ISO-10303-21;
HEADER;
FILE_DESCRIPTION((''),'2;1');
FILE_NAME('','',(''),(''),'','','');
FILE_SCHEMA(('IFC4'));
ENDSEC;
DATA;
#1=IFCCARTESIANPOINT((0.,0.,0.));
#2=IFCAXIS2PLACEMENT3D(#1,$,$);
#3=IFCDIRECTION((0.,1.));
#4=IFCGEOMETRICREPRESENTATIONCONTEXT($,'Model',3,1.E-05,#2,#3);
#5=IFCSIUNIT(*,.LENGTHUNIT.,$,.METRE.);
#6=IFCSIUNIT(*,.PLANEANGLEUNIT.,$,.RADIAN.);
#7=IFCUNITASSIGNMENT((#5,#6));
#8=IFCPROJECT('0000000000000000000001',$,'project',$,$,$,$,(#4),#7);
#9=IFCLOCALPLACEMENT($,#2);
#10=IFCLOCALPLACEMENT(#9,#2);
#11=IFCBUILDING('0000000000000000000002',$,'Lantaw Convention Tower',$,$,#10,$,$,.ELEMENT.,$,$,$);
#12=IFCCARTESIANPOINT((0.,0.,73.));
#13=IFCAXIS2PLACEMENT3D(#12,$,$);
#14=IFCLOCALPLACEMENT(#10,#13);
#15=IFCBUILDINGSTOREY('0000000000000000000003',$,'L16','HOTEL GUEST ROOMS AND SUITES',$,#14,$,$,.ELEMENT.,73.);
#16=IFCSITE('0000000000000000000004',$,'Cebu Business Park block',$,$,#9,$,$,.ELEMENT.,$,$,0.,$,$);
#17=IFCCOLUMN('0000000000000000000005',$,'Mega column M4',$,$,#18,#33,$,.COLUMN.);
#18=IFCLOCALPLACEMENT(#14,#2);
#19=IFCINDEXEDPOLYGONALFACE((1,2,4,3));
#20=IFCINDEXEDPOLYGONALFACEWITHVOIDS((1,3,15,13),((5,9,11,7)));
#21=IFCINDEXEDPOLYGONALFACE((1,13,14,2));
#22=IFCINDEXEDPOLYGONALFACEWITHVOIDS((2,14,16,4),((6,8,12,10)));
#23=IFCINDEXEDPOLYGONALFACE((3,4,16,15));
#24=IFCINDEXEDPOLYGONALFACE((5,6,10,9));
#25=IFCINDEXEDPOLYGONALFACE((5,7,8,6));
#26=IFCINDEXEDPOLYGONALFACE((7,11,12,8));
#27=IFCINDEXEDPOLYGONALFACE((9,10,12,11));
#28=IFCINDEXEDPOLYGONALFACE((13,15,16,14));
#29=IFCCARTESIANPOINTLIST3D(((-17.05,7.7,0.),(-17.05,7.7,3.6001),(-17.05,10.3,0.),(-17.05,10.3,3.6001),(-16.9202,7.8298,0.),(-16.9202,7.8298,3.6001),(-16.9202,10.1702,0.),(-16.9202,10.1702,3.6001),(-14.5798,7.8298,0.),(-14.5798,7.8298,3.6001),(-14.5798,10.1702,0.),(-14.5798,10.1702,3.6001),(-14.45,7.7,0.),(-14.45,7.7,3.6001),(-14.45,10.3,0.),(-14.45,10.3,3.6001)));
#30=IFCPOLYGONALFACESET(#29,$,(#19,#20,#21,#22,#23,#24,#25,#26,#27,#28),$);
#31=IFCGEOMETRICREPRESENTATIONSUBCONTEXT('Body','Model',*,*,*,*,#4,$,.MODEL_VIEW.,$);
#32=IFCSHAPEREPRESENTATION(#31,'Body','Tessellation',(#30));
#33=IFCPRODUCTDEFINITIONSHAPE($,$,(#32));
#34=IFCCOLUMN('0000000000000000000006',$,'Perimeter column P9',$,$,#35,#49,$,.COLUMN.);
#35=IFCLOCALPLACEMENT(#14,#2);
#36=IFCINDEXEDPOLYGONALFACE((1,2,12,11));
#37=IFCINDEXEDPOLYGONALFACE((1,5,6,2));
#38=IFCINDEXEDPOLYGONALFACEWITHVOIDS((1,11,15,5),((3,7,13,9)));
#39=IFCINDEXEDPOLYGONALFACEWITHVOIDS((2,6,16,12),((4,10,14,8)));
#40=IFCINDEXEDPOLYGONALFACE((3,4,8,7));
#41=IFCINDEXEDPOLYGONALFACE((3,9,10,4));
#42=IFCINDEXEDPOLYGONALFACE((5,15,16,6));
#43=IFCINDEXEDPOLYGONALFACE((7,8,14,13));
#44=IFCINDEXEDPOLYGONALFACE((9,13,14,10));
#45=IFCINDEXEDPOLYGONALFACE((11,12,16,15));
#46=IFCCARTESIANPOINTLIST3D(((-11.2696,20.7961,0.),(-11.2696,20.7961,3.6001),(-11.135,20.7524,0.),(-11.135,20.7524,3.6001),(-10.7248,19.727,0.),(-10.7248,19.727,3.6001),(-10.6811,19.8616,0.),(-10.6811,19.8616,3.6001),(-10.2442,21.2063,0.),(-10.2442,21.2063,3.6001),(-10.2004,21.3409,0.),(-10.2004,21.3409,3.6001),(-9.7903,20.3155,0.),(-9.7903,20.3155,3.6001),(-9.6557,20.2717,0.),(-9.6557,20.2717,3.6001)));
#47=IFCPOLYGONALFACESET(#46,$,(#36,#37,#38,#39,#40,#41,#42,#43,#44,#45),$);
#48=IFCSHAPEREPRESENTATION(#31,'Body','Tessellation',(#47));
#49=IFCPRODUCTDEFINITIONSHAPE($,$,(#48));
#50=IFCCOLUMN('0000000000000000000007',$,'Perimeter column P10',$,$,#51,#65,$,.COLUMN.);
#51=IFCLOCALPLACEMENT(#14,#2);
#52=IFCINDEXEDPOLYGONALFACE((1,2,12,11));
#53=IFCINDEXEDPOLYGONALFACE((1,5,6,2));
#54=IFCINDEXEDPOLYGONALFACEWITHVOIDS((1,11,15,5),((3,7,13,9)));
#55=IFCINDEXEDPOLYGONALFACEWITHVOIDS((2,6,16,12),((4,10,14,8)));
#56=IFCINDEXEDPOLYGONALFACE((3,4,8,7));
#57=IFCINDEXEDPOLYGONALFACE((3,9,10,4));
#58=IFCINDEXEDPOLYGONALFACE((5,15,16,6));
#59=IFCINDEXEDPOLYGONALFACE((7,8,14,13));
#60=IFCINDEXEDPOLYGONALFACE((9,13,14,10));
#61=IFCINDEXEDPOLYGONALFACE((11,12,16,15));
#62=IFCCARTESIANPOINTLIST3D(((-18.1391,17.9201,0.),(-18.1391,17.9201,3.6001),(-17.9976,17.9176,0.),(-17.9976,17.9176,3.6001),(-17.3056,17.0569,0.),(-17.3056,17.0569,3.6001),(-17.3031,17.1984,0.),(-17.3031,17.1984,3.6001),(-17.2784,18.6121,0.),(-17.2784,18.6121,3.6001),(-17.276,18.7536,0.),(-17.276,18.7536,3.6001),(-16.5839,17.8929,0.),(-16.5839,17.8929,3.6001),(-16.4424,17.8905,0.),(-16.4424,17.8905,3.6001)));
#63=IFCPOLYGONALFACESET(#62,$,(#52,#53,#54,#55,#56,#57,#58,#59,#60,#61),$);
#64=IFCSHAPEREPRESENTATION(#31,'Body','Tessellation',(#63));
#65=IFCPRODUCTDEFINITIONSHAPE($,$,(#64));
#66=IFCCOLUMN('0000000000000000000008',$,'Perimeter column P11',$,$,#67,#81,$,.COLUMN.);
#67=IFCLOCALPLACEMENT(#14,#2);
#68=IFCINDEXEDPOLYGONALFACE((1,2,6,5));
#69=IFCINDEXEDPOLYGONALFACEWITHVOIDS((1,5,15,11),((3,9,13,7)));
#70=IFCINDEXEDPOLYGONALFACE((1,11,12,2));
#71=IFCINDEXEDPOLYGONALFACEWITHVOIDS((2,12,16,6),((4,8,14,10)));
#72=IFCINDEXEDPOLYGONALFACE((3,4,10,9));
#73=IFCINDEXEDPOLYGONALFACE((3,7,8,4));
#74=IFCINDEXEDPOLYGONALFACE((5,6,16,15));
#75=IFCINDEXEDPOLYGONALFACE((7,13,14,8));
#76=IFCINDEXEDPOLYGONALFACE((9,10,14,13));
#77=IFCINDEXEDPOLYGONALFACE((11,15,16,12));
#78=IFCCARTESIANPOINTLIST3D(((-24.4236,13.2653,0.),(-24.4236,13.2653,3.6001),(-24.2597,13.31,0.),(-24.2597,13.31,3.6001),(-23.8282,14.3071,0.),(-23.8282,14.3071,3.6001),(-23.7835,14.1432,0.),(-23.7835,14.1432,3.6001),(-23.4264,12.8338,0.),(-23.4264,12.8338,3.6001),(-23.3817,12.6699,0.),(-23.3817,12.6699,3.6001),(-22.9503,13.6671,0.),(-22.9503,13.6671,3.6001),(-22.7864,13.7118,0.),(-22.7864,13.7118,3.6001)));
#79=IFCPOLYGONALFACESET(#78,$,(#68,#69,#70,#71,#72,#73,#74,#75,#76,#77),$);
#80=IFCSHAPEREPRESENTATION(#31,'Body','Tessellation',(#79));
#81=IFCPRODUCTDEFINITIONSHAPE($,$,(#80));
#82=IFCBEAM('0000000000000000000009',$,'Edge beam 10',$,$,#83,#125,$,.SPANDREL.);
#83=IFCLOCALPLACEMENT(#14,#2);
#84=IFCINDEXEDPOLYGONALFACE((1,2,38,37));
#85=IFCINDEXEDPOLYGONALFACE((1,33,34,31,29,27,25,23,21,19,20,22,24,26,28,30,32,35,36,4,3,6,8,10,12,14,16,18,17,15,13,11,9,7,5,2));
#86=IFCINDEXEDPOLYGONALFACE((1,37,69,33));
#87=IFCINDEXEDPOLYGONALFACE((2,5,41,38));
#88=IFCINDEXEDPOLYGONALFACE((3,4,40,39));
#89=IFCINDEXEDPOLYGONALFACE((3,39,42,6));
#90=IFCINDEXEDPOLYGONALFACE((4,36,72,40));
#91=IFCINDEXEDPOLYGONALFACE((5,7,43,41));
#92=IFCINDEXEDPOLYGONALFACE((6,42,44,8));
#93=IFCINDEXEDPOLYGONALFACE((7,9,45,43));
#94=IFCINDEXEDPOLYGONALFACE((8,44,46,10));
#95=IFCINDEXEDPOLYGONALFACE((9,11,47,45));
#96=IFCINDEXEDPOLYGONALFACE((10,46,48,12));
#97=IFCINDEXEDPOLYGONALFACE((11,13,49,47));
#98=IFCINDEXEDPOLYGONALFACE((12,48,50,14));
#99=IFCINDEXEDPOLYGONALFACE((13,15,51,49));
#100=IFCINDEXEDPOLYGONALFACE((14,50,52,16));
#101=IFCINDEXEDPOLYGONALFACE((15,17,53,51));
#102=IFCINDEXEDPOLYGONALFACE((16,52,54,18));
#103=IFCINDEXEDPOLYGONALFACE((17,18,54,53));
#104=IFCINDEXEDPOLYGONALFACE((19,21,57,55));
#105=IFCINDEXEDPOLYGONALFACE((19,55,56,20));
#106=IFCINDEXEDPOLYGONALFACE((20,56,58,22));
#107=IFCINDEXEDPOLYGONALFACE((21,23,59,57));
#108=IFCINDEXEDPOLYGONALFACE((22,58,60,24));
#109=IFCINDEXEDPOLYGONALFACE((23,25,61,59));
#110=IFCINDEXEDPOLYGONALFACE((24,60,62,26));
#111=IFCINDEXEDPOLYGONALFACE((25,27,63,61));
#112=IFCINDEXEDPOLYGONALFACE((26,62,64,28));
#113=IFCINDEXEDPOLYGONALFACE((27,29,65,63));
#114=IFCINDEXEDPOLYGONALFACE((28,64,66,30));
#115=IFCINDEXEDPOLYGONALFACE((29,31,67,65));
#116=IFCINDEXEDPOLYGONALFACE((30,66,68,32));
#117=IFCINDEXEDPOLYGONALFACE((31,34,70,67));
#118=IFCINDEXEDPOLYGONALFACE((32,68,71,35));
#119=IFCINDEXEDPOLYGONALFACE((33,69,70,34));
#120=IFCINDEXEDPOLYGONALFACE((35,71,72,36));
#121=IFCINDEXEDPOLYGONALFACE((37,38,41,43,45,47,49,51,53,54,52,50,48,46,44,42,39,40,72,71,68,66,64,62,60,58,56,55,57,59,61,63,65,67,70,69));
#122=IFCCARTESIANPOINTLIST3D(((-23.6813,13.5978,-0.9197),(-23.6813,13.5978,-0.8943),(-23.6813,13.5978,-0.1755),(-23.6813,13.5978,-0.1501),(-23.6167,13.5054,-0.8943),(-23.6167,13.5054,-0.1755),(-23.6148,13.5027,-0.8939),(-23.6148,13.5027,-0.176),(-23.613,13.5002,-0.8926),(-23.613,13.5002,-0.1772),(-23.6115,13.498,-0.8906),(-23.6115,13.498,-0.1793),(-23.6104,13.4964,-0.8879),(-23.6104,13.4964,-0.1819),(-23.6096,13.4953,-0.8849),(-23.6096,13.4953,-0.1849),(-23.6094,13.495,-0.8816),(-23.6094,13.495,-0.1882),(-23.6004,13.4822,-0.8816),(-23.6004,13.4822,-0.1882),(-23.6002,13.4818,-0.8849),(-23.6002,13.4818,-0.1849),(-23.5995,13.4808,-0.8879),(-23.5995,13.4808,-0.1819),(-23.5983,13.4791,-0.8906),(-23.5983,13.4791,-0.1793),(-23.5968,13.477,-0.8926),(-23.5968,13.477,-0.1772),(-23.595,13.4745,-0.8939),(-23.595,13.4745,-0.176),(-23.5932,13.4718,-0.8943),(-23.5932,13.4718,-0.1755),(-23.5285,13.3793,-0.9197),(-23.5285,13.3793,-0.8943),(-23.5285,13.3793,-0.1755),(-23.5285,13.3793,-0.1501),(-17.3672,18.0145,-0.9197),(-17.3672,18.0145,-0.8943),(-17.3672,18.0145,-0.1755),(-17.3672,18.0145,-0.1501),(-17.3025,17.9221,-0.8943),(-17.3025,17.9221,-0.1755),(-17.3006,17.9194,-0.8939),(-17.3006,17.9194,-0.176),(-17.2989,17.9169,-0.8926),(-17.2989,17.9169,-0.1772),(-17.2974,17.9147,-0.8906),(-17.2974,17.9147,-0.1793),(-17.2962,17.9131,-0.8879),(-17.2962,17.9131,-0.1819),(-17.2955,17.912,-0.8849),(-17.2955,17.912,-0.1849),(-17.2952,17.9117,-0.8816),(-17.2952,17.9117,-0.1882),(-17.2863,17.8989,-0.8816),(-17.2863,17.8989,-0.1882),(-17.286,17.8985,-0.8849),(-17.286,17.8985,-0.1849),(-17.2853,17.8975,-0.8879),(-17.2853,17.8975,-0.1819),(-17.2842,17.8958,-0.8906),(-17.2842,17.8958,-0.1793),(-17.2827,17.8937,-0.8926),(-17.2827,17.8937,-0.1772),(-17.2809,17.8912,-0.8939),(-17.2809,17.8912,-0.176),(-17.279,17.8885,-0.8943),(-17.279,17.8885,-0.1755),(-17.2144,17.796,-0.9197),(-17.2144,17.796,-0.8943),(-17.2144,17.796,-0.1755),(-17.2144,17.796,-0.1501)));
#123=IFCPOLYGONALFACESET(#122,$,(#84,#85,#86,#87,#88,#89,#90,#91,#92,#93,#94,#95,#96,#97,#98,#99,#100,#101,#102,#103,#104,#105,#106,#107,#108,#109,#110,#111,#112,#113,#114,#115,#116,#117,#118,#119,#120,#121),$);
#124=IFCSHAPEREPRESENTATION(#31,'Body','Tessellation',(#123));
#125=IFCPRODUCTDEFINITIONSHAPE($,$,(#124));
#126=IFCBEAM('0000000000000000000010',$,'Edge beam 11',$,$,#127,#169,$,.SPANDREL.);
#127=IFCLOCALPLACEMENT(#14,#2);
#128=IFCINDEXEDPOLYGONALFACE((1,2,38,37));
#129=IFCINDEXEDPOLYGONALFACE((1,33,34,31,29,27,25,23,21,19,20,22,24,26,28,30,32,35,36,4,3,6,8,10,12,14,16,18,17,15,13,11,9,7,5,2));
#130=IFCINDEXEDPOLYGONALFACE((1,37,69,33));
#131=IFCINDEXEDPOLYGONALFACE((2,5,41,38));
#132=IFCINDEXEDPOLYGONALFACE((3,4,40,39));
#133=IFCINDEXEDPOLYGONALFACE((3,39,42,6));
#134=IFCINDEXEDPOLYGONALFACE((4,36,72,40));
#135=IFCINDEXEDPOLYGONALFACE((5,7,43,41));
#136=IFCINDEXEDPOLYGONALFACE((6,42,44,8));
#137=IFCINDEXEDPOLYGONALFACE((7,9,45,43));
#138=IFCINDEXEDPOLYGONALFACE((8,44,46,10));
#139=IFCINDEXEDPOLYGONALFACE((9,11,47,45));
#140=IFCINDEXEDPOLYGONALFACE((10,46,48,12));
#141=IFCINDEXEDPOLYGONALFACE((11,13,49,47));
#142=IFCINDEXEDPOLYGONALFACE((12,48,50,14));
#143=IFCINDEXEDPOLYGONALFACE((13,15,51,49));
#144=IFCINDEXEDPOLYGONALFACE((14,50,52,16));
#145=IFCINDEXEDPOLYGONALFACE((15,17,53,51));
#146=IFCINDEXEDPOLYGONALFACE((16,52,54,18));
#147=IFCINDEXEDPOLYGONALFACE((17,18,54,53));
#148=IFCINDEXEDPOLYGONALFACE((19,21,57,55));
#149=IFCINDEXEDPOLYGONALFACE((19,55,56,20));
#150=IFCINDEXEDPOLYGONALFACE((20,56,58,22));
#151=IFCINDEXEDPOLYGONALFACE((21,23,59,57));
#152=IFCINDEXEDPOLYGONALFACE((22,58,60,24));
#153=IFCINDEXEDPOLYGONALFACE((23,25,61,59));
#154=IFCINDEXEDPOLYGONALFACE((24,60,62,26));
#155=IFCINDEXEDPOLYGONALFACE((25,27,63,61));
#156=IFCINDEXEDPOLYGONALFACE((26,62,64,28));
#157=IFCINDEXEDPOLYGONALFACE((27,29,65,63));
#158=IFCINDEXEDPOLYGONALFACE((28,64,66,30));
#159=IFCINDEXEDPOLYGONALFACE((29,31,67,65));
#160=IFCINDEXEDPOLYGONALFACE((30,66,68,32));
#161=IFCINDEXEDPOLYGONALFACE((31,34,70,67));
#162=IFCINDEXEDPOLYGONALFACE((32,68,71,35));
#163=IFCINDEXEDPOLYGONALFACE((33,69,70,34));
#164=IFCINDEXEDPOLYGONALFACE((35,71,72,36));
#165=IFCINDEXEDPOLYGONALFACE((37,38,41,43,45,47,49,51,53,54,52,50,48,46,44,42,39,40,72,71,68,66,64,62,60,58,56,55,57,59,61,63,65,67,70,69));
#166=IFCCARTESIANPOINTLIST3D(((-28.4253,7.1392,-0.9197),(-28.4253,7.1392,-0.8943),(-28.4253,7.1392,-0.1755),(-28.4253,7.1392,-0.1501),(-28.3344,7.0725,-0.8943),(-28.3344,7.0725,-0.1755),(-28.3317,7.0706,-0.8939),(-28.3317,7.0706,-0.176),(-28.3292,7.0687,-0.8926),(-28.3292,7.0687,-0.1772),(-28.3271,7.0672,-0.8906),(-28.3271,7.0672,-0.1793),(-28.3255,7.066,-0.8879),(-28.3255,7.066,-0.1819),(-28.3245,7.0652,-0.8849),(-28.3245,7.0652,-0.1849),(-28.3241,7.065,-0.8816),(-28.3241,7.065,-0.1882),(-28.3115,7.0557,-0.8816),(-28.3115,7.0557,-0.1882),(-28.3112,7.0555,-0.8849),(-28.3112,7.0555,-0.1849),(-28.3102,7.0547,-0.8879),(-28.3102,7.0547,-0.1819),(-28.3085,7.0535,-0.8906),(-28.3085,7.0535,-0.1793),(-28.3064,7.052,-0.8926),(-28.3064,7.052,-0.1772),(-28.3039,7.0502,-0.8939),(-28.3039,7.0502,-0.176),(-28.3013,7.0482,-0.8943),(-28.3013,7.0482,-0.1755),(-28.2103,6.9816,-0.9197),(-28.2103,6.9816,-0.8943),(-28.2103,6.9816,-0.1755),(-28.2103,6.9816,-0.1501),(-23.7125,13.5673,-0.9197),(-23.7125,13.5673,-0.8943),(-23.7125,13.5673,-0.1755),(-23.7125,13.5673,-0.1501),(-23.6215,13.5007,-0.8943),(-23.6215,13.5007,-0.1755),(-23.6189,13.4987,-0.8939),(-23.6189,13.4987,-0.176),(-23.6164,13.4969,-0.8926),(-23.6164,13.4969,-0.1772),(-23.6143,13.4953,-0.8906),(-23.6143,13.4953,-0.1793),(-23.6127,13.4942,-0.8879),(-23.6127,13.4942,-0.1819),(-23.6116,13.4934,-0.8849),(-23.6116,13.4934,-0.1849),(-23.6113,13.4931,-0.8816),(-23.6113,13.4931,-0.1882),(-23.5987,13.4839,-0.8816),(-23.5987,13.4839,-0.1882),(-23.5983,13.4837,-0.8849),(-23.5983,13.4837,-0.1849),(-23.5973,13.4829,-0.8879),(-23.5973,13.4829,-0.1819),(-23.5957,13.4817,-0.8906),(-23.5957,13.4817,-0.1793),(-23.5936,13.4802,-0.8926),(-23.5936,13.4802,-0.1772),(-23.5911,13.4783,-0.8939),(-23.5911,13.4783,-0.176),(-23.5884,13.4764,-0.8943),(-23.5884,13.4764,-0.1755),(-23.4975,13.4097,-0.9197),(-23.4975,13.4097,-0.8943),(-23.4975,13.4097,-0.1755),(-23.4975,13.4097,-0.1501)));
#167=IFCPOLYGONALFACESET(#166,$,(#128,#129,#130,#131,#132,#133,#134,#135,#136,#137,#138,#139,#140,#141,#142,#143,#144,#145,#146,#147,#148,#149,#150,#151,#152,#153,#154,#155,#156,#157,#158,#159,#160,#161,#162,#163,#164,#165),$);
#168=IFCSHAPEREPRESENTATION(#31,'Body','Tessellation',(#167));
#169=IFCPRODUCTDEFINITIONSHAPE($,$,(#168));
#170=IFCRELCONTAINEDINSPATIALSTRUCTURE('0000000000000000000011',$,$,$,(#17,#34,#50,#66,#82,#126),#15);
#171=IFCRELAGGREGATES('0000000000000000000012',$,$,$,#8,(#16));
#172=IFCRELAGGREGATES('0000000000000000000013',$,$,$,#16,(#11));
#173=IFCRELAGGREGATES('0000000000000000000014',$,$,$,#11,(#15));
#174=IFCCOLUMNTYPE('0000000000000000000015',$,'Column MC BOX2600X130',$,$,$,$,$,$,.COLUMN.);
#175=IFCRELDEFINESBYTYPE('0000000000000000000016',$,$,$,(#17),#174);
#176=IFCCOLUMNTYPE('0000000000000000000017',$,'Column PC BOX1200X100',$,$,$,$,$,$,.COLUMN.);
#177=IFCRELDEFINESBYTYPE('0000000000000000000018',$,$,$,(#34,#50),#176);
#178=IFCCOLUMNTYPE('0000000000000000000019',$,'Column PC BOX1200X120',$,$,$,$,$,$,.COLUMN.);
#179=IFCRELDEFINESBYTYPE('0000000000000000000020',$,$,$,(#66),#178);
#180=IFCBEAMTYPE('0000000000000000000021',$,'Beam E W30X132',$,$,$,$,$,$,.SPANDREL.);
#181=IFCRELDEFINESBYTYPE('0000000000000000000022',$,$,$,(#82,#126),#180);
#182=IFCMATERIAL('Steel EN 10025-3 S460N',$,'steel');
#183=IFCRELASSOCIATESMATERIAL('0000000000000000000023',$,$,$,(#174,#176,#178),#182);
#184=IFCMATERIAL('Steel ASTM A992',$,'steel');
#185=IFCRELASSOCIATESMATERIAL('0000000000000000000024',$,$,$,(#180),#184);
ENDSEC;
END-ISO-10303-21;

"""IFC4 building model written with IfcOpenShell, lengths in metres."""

from ifc_helpers import new_model, si_unit, direction, frame, origin, origin_2d, place, context, subcontext, project, spatial, rectangle, hollow_rectangle, i_section, extrude, material, material_profile, profile_set, type_object, element, save


model = new_model("IFC4")

# Units and contexts
model_context = context("Model", 3, precision=1e-05, world=origin(), true_north=direction((0.0, 1.0)))
body_context = subcontext(model_context, "Body", "Model", "MODEL_VIEW")
ifc_project = project(units=[si_unit("LENGTHUNIT", "METRE"), si_unit("PLANEANGLEUNIT", "RADIAN")], contexts=[model_context])

# Site, building, storey
site_placement = place(None, origin())
site = spatial("IfcSite", under=ifc_project, at=site_placement, Name="Cebu Business Park block", CompositionType="ELEMENT", RefElevation=0.0)
building_placement = place(site_placement, origin())
building = spatial("IfcBuilding", under=site, at=building_placement, Name="Lantaw Convention Tower", CompositionType="ELEMENT")
storey_placement = place(building_placement, frame((0.0, 0.0, 73.0)))
storey = spatial("IfcBuildingStorey", under=building, at=storey_placement, Name="L16", Description="HOTEL GUEST ROOMS AND SUITES", CompositionType="ELEMENT", Elevation=73.0)

# Columns
ifc_material_1 = material(Name="Steel EN 10025-3 S460N", Category="steel")
ifc_material_profile_1 = material_profile(ifc_material_1, hollow_rectangle(XDim=2.6001, YDim=2.6001, WallThickness=0.1299, at=origin_2d()), Name="BOX2600X130")
ifc_material_2 = material(Name="Concrete C60/75", Category="concrete")
ifc_material_profile_2 = material_profile(ifc_material_2, rectangle(XDim=2.3401, YDim=2.3401, at=origin_2d()), Name="Concrete fill of BOX2600X130")
ifc_profile_set_1 = profile_set([ifc_material_profile_1, ifc_material_profile_2], Name="Steel EN 10025-3 S460N")
column_type_1 = type_object("IfcColumnType", Name="Column MC BOX2600X130", PredefinedType="COLUMN", material=ifc_profile_set_1)
column_1_placement = place(storey_placement, frame((-15.75, 9.0, 0.0), z_axis=(0.0, 0.0, 1.0), x_axis=(1.0, 0.0, 0.0)))
element("IfcColumn", 1, at=column_1_placement, inside=storey, type_object=column_type_1, Name="Mega column M4", PredefinedType="COLUMN", context=body_context, shape_type="SweptSolid", body=[
    extrude(hollow_rectangle(XDim=2.6001, YDim=2.6001, WallThickness=0.1299, at=origin_2d()), origin(), (0.0, 0.0, 1.0), 3.6001),
])
ifc_material_profile_3 = material_profile(ifc_material_1, hollow_rectangle(XDim=1.2, YDim=1.2, WallThickness=0.1001, at=origin_2d()), Name="BOX1200X100")
ifc_material_profile_4 = material_profile(ifc_material_2, rectangle(XDim=1.0, YDim=1.0, at=origin_2d()), Name="Concrete fill of BOX1200X100")
ifc_profile_set_2 = profile_set([ifc_material_profile_3, ifc_material_profile_4], Name="Steel EN 10025-3 S460N")
column_type_2 = type_object("IfcColumnType", Name="Column PC BOX1200X100", PredefinedType="COLUMN", material=ifc_profile_set_2)
for number, where, z_axis, x_axis, name in (
    (2, (-10.4626, 20.5339, 0.0), (0.0, 0.0, 1.0), (0.891007, 0.45399, 0.0), "Perimeter column P9"),
    (3, (-17.2908, 17.9053, 0.0), (0.0, 0.0, 1.0), (0.71934, 0.694658, 0.0), "Perimeter column P10"),
):
    element("IfcColumn", number, at=place(storey_placement, frame(where, z_axis=z_axis, x_axis=x_axis)), inside=storey, type_object=column_type_2, Name=name, PredefinedType="COLUMN", context=body_context, shape_type="SweptSolid", body=[
        extrude(hollow_rectangle(XDim=1.2, YDim=1.2, WallThickness=0.1001, at=origin_2d()), origin(), (0.0, 0.0, 1.0), 3.6001),
    ])
ifc_material_profile_5 = material_profile(ifc_material_1, hollow_rectangle(XDim=1.2, YDim=1.2, WallThickness=0.1201, at=origin_2d()), Name="BOX1200X120")
ifc_material_profile_6 = material_profile(ifc_material_2, rectangle(XDim=0.96, YDim=0.96, at=origin_2d()), Name="Concrete fill of BOX1200X120")
ifc_profile_set_3 = profile_set([ifc_material_profile_5, ifc_material_profile_6], Name="Steel EN 10025-3 S460N")
column_type_3 = type_object("IfcColumnType", Name="Column PC BOX1200X120", PredefinedType="COLUMN", material=ifc_profile_set_3)
column_2_placement = place(storey_placement, frame((-23.605, 13.4885, 0.0), z_axis=(0.0, 0.0, 1.0), x_axis=(0.496139, 0.868243, 0.0)))
element("IfcColumn", 4, at=column_2_placement, inside=storey, type_object=column_type_3, Name="Perimeter column P11", PredefinedType="COLUMN", context=body_context, shape_type="SweptSolid", body=[
    extrude(hollow_rectangle(XDim=1.2, YDim=1.2, WallThickness=0.1201, at=origin_2d()), origin(), (0.0, 0.0, 1.0), 3.6001),
])

# Beams
ifc_material_3 = material(Name="Steel ASTM A992", Category="steel")
ifc_material_profile_7 = material_profile(ifc_material_3, i_section(OverallWidth=0.2666, OverallDepth=0.7695, WebThickness=0.0156, FlangeThickness=0.0254, FilletRadius=0.0127, at=origin_2d()), Name="W30X132")
ifc_profile_set_4 = profile_set([ifc_material_profile_7], Name="Steel ASTM A992")
beam_type_1 = type_object("IfcBeamType", Name="Beam E W30X132", PredefinedType="SPANDREL", material=ifc_profile_set_4)
beam_1_placement = place(storey_placement, frame((-17.2908, 17.9053, -0.5349), z_axis=(-0.819427, -0.573184, 0.0), x_axis=(0.573184, -0.819427, 0.0)))
element("IfcBeam", 5, at=beam_1_placement, inside=storey, type_object=beam_type_1, Name="Edge beam 10", PredefinedType="SPANDREL", context=body_context, shape_type="SweptSolid", body=[
    extrude(i_section(OverallWidth=0.2666, OverallDepth=0.7695, WebThickness=0.0156, FlangeThickness=0.0254, FilletRadius=0.0127, at=origin_2d()), origin(), (0.0, 0.0, 1.0), 7.7056),
])
beam_2_placement = place(storey_placement, frame((-23.605, 13.4885, -0.5349), z_axis=(-0.591271, -0.806473, 0.0), x_axis=(0.806473, -0.591271, 0.0)))
element("IfcBeam", 6, at=beam_2_placement, inside=storey, type_object=beam_type_1, Name="Edge beam 11", PredefinedType="SPANDREL", context=body_context, shape_type="SweptSolid", body=[
    extrude(i_section(OverallWidth=0.2666, OverallDepth=0.7695, WebThickness=0.0156, FlangeThickness=0.0254, FilletRadius=0.0127, at=origin_2d()), origin(), (0.0, 0.0, 1.0), 7.9707),
])

save(model, "model.ifc")
